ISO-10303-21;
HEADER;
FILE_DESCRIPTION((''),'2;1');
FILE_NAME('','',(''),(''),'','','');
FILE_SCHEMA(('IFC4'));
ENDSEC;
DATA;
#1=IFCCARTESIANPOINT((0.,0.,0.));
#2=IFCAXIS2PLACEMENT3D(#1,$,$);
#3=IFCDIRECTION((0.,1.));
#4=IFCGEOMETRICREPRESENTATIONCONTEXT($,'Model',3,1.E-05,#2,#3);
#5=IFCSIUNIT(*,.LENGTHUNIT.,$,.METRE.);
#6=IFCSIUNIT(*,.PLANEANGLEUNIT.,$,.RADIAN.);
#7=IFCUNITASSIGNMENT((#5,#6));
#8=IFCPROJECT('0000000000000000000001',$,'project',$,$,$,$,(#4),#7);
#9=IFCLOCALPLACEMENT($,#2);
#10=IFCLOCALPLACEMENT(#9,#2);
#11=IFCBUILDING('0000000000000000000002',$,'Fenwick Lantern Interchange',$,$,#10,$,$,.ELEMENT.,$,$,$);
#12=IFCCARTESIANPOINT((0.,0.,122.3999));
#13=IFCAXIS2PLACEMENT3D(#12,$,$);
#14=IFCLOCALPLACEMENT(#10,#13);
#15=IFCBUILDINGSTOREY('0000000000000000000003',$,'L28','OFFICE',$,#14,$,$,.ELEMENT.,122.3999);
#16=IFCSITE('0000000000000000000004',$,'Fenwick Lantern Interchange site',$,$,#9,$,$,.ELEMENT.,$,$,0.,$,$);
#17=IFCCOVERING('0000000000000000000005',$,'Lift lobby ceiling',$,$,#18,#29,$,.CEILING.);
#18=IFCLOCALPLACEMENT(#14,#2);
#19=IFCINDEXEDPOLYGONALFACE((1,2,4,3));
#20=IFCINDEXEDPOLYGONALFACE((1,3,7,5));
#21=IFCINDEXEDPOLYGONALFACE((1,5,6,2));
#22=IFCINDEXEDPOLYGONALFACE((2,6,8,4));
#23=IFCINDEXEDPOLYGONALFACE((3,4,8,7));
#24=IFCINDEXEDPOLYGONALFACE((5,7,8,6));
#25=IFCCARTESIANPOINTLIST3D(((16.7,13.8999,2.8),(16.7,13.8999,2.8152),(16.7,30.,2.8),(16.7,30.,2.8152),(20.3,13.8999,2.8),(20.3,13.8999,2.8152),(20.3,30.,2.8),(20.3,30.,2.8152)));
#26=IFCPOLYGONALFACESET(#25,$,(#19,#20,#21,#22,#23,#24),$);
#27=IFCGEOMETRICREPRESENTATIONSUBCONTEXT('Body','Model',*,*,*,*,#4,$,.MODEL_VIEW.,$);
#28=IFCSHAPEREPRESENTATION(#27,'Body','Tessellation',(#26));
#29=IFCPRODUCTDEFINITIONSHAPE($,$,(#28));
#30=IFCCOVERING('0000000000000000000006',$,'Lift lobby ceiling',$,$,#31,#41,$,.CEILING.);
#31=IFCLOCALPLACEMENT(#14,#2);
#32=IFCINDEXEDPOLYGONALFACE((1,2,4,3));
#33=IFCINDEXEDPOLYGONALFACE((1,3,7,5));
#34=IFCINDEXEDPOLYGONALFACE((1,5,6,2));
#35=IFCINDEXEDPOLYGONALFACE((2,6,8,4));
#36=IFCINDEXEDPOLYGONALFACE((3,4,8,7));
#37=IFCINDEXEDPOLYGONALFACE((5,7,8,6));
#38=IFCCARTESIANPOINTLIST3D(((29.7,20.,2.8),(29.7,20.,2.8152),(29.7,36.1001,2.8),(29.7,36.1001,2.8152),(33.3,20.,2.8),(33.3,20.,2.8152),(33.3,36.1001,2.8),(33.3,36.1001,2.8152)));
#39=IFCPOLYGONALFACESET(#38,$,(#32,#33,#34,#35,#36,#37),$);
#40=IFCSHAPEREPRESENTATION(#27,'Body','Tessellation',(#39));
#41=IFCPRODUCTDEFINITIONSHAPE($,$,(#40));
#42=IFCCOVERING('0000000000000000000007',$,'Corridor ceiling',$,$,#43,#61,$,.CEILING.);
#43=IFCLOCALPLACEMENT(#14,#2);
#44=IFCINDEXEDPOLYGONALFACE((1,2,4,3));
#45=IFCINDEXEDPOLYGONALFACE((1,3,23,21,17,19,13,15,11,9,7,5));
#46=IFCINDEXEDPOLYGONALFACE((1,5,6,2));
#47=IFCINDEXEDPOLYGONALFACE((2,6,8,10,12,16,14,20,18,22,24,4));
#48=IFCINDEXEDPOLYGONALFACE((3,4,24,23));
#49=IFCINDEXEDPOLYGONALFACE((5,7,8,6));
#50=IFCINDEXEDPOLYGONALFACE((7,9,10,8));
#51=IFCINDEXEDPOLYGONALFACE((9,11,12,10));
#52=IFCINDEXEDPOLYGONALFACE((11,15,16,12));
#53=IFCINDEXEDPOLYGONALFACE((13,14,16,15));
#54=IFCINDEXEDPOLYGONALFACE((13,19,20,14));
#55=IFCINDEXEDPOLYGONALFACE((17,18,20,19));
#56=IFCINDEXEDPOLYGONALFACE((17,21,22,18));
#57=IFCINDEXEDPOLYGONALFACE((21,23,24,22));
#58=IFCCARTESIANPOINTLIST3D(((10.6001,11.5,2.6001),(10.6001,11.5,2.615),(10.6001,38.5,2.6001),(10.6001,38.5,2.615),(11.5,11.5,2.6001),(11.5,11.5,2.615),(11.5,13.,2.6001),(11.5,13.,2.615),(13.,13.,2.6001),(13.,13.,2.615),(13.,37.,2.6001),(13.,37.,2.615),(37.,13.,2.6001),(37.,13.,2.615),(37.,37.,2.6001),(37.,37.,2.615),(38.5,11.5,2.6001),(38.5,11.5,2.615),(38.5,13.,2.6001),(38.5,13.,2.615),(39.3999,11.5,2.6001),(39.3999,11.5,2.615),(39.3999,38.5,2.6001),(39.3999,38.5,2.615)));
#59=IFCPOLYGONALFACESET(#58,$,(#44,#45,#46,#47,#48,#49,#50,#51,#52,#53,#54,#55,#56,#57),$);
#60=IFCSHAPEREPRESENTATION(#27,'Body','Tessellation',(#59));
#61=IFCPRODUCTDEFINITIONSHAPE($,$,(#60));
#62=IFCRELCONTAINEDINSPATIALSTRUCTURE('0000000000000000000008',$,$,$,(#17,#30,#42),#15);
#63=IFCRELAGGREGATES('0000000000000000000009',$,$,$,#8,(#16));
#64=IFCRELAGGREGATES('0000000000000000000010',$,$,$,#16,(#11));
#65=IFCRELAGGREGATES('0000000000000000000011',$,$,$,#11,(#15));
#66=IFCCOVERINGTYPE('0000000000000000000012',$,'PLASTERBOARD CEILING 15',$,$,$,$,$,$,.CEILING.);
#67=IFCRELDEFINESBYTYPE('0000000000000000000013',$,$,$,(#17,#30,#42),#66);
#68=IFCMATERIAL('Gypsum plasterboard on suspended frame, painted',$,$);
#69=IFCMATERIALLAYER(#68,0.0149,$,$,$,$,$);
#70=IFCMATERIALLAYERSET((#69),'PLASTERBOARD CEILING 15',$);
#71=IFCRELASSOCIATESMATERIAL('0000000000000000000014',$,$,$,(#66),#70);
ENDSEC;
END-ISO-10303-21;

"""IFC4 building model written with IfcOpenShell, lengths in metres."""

from ifc_helpers import new_model, si_unit, direction, frame, origin, place, context, subcontext, project, spatial, polyline, outline, extrude, material, layer, layer_set, type_object, element, save


model = new_model("IFC4")

# Units and contexts
model_context = context("Model", 3, precision=1e-05, world=origin(), true_north=direction((0.0, 1.0)))
body_context = subcontext(model_context, "Body", "Model", "MODEL_VIEW")
ifc_project = project(units=[si_unit("LENGTHUNIT", "METRE"), si_unit("PLANEANGLEUNIT", "RADIAN")], contexts=[model_context])

# Site, building, storey
site_placement = place(None, origin())
site = spatial("IfcSite", under=ifc_project, at=site_placement, Name="Fenwick Lantern Interchange site", CompositionType="ELEMENT", RefElevation=0.0)
building_placement = place(site_placement, origin())
building = spatial("IfcBuilding", under=site, at=building_placement, Name="Fenwick Lantern Interchange", CompositionType="ELEMENT")
storey_placement = place(building_placement, frame((0.0, 0.0, 122.3999)))
storey = spatial("IfcBuildingStorey", under=building, at=storey_placement, Name="L28", Description="OFFICE", CompositionType="ELEMENT", Elevation=122.3999)

# Coverings
ifc_material_1 = material(Name="Gypsum plasterboard on suspended frame, painted")
ifc_layer_1 = layer(ifc_material_1, 0.0149)
ifc_layer_set_1 = layer_set([ifc_layer_1], Name="PLASTERBOARD CEILING 15")
covering_type_1 = type_object("IfcCoveringType", Name="PLASTERBOARD CEILING 15", PredefinedType="CEILING", material=ifc_layer_set_1)
covering_1_placement = place(storey_placement, frame((0.0, 0.0, 2.8)))
element("IfcCovering", 1, at=covering_1_placement, inside=storey, type_object=covering_type_1, Name="Lift lobby ceiling", PredefinedType="CEILING", context=body_context, shape_type="SweptSolid", body=[
    extrude(outline(polyline([(16.7, 13.8999), (20.3, 13.8999), (20.3, 30.0), (16.7, 30.0), (16.7, 13.8999)])), origin(), (0.0, 0.0, 1.0), 0.0151),
])
covering_2_placement = place(storey_placement, frame((0.0, 0.0, 2.8)))
element("IfcCovering", 2, at=covering_2_placement, inside=storey, type_object=covering_type_1, Name="Lift lobby ceiling", PredefinedType="CEILING", context=body_context, shape_type="SweptSolid", body=[
    extrude(outline(polyline([(33.3, 36.1001), (29.7, 36.1001), (29.7, 20.0), (33.3, 20.0), (33.3, 36.1001)])), origin(), (0.0, 0.0, 1.0), 0.0151),
])
covering_3_placement = place(storey_placement, frame((0.0, 0.0, 2.6001)))
element("IfcCovering", 3, at=covering_3_placement, inside=storey, type_object=covering_type_1, Name="Corridor ceiling", PredefinedType="CEILING", context=body_context, shape_type="SweptSolid", body=[
    extrude(outline(polyline([(10.6001, 38.5), (10.6001, 11.5), (11.5, 11.5), (11.5, 13.0), (13.0, 13.0), (13.0, 37.0), (37.0, 37.0), (37.0, 13.0), (38.5, 13.0), (38.5, 11.5), (39.3999, 11.5), (39.3999, 38.5), (10.6001, 38.5)])), origin(), (0.0, 0.0, 1.0), 0.0149),
])

save(model, "model.ifc")
